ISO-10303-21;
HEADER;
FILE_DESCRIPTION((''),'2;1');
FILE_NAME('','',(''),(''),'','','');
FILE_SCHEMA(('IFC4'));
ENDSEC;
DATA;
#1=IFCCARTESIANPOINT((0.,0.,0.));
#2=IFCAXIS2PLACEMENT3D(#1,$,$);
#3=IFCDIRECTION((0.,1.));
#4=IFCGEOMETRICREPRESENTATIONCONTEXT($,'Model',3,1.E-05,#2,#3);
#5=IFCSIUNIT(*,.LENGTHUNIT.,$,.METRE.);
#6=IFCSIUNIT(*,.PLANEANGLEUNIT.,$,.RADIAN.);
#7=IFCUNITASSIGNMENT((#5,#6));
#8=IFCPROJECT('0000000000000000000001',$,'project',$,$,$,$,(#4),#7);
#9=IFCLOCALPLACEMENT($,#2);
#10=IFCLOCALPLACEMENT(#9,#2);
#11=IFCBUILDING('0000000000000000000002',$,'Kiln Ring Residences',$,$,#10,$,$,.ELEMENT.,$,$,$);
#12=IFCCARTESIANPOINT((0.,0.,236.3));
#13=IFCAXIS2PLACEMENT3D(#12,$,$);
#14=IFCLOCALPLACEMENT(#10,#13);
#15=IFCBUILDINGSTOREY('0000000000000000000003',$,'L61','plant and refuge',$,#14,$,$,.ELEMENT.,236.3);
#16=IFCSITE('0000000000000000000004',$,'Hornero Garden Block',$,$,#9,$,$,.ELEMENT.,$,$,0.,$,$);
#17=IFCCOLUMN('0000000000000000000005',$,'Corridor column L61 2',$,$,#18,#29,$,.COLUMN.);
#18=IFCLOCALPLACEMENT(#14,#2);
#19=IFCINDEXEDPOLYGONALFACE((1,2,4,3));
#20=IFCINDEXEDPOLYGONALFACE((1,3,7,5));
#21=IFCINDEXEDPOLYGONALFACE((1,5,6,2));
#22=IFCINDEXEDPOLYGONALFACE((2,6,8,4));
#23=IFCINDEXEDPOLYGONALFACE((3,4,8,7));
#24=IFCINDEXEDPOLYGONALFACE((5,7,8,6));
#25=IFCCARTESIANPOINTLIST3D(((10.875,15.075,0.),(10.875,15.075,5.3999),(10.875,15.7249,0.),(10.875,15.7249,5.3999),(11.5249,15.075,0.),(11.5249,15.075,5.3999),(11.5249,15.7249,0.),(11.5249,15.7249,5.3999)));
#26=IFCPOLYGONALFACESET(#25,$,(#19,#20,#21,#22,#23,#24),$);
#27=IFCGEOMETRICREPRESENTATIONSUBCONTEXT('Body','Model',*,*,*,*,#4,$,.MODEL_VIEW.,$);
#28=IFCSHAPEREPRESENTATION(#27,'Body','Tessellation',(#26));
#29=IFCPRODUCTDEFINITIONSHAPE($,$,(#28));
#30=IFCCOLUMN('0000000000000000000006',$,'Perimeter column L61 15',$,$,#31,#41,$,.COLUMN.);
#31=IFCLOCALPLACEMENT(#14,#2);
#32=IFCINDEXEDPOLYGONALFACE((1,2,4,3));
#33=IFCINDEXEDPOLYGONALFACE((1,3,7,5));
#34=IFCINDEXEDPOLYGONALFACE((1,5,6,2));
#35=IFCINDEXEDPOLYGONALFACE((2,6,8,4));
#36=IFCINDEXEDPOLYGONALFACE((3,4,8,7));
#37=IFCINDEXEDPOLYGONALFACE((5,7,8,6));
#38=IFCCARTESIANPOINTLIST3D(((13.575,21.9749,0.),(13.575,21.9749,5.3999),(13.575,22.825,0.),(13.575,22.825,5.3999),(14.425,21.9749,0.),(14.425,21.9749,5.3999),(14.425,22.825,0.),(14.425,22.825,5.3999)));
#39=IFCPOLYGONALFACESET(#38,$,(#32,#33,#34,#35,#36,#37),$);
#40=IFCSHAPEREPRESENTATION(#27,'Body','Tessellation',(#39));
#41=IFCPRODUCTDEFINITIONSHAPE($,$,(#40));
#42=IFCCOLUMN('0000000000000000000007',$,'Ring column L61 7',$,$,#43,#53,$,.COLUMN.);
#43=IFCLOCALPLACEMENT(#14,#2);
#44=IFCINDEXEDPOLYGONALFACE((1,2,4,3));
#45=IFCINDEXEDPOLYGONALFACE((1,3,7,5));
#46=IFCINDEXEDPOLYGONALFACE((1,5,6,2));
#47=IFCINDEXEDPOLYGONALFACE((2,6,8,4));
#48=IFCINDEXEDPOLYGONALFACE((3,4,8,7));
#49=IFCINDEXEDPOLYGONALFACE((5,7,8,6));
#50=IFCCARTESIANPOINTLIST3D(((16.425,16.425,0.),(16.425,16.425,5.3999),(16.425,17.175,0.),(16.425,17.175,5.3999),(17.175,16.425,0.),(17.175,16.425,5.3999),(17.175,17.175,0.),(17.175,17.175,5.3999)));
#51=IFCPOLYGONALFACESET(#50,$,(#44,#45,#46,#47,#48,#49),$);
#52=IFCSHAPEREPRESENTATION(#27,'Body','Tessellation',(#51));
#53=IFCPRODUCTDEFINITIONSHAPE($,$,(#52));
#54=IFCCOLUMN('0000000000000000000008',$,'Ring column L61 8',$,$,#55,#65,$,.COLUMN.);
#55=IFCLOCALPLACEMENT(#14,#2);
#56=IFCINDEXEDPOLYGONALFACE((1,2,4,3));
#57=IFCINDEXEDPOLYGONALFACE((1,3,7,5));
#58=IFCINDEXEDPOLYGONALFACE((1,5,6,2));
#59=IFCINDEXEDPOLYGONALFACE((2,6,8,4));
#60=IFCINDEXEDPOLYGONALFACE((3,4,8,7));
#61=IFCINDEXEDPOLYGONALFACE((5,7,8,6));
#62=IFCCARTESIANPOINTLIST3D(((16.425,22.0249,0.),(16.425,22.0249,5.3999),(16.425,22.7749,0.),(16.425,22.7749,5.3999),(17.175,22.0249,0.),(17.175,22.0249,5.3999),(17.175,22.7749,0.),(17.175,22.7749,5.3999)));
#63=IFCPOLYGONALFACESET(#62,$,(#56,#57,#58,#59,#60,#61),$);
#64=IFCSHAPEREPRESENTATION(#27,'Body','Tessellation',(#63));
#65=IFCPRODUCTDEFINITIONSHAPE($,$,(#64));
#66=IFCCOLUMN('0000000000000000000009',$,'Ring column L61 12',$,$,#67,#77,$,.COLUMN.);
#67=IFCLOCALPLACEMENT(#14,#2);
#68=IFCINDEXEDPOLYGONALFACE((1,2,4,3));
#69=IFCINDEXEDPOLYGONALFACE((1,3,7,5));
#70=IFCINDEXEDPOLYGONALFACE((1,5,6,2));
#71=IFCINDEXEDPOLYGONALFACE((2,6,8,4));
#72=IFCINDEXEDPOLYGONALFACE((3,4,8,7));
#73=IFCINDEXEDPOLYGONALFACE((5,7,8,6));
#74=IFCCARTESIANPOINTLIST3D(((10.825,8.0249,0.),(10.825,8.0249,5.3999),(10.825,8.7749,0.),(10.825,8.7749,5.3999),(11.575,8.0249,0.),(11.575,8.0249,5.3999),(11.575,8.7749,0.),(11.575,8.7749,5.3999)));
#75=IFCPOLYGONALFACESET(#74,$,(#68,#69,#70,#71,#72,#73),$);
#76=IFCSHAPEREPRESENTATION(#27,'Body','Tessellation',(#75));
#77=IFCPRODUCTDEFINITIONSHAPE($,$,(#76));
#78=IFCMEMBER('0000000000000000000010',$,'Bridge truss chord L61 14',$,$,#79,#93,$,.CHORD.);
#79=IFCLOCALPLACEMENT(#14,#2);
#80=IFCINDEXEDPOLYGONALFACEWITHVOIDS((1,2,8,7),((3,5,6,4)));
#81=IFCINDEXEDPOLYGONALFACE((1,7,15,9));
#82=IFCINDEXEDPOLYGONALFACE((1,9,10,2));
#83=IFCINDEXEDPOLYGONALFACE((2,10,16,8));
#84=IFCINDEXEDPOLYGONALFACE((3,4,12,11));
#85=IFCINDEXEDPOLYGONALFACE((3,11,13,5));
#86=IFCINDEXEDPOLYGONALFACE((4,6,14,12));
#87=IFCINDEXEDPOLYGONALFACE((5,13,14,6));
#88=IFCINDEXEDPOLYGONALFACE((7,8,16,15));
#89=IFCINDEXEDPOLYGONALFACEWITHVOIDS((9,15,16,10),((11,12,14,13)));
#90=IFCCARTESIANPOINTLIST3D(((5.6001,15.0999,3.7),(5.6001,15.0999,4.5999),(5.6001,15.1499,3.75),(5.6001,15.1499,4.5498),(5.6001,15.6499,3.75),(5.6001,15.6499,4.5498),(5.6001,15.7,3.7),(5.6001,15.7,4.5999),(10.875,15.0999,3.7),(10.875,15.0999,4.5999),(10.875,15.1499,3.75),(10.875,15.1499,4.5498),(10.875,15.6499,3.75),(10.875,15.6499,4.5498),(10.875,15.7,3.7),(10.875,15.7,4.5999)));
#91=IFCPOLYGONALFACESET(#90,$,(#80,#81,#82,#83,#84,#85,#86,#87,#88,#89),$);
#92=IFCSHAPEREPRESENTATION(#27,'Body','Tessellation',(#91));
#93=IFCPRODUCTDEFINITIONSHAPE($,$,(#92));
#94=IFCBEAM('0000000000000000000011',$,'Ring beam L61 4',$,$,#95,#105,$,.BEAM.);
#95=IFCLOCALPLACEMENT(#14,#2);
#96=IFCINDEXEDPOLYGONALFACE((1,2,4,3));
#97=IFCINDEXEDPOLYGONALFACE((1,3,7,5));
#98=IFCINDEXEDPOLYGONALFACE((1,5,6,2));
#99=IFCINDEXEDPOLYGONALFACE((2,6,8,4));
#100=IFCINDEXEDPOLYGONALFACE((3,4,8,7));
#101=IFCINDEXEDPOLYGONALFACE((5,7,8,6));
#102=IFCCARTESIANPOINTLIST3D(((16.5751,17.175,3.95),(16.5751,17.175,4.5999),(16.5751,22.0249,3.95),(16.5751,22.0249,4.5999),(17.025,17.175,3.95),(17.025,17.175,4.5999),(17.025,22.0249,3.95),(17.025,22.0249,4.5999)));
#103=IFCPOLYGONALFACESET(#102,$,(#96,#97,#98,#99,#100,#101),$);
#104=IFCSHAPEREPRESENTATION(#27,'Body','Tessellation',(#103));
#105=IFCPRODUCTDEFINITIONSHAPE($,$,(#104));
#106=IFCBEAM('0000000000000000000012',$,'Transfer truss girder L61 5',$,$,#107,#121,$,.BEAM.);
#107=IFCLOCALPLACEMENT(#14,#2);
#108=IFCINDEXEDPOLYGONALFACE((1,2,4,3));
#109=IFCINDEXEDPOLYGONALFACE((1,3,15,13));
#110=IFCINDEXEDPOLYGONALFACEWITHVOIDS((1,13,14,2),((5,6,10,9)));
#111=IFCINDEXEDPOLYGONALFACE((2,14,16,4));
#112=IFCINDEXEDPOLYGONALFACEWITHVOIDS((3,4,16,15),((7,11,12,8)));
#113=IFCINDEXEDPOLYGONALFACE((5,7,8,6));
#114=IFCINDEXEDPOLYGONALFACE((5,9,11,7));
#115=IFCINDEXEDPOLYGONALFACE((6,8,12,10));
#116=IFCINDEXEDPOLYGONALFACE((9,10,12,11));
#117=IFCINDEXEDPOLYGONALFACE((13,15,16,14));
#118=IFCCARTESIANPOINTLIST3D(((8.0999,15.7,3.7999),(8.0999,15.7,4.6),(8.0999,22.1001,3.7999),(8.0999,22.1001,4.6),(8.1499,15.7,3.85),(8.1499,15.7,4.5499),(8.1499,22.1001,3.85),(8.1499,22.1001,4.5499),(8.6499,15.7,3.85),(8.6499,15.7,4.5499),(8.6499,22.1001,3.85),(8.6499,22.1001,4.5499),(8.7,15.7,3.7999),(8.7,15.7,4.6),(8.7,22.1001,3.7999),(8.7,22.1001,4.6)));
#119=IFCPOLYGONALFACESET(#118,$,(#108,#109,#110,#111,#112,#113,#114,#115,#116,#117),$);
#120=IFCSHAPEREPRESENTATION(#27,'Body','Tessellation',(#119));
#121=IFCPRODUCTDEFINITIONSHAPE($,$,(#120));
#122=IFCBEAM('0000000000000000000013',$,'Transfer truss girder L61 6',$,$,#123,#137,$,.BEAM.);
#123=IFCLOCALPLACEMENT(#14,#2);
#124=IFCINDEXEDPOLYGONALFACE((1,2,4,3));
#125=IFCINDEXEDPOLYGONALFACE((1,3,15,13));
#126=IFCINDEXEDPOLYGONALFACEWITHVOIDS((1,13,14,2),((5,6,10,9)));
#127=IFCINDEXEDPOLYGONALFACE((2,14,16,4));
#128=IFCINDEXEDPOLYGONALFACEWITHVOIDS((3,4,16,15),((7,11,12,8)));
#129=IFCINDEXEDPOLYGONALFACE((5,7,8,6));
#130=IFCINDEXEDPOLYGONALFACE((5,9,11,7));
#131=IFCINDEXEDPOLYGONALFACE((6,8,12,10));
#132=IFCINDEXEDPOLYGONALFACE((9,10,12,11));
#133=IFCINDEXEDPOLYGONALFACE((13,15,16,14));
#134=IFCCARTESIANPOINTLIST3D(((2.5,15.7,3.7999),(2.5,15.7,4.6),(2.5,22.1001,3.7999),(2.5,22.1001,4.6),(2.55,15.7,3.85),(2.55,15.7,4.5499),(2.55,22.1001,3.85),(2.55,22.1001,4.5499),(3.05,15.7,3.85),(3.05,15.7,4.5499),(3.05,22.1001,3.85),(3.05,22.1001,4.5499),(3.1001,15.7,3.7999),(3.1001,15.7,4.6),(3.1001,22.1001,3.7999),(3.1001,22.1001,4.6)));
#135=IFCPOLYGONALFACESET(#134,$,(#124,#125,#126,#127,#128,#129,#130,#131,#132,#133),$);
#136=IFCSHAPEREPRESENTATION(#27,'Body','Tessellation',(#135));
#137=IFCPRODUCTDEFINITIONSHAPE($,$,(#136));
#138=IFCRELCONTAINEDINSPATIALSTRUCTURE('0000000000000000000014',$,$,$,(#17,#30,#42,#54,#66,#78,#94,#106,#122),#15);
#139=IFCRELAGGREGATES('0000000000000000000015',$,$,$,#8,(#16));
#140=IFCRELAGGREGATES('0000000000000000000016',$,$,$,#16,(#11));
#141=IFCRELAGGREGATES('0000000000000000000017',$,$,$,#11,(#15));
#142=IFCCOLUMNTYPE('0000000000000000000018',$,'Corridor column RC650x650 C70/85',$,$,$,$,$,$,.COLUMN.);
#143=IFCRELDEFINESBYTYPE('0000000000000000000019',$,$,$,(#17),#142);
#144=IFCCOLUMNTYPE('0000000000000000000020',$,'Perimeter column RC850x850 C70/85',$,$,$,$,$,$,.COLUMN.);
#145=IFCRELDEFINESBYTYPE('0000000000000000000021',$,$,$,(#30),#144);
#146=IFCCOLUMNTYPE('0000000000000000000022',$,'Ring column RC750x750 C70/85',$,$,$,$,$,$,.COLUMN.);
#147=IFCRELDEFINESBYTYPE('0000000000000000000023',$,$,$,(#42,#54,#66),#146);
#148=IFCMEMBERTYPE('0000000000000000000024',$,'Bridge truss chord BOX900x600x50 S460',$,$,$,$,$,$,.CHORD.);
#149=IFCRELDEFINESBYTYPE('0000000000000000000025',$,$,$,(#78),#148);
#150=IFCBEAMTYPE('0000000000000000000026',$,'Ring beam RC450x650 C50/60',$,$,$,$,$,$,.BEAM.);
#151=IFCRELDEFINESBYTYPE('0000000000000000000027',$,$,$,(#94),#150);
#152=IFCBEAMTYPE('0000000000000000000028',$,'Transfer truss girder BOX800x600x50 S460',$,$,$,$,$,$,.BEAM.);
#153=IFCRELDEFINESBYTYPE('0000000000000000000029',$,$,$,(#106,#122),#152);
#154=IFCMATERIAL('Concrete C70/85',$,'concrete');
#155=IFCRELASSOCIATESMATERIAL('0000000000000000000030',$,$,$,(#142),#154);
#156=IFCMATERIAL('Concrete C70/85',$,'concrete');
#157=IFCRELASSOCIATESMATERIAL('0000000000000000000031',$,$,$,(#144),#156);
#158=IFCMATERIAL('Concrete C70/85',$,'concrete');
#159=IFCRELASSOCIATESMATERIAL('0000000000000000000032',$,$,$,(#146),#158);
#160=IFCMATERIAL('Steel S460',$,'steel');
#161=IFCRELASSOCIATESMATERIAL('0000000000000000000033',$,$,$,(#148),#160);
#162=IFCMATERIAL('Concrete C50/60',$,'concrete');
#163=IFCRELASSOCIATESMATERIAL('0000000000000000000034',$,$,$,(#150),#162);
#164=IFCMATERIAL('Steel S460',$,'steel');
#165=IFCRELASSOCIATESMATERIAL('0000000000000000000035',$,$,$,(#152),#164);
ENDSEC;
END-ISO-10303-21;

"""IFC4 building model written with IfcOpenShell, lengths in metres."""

from ifc_helpers import new_model, si_unit, direction, frame, origin, origin_2d, place, context, subcontext, project, spatial, rectangle, hollow_rectangle, extrude, material, material_profile, profile_set, type_object, element, save


model = new_model("IFC4")

# Units and contexts
model_context = context("Model", 3, precision=1e-05, world=origin(), true_north=direction((0.0, 1.0)))
body_context = subcontext(model_context, "Body", "Model", "MODEL_VIEW")
ifc_project = project(units=[si_unit("LENGTHUNIT", "METRE"), si_unit("PLANEANGLEUNIT", "RADIAN")], contexts=[model_context])

# Site, building, storey
site_placement = place(None, origin())
site = spatial("IfcSite", under=ifc_project, at=site_placement, Name="Hornero Garden Block", CompositionType="ELEMENT", RefElevation=0.0)
building_placement = place(site_placement, origin())
building = spatial("IfcBuilding", under=site, at=building_placement, Name="Kiln Ring Residences", CompositionType="ELEMENT")
storey_placement = place(building_placement, frame((0.0, 0.0, 236.3)))
storey = spatial("IfcBuildingStorey", under=building, at=storey_placement, Name="L61", Description="plant and refuge", CompositionType="ELEMENT", Elevation=236.3)

# Columns
ifc_material_1 = material(Name="Concrete C70/85", Category="concrete")
ifc_material_profile_1 = material_profile(ifc_material_1, rectangle(XDim=0.6499, YDim=0.6499, at=origin_2d()), Name="RC650x650")
ifc_profile_set_1 = profile_set([ifc_material_profile_1], Name="Concrete C70/85")
column_type_1 = type_object("IfcColumnType", Name="Corridor column RC650x650 C70/85", PredefinedType="COLUMN", material=ifc_profile_set_1)
column_1_placement = place(storey_placement, frame((11.2, 15.3999, 0.0), z_axis=(0.0, 0.0, 1.0), x_axis=(1.0, 0.0, 0.0)))
element("IfcColumn", 1, at=column_1_placement, inside=storey, type_object=column_type_1, Name="Corridor column L61 2", PredefinedType="COLUMN", context=body_context, shape_type="SweptSolid", body=[
    extrude(rectangle(XDim=0.6499, YDim=0.6499, at=origin_2d()), origin(), (0.0, 0.0, 1.0), 5.3999),
])
ifc_material_2 = material(Name="Concrete C70/85", Category="concrete")
ifc_material_profile_2 = material_profile(ifc_material_2, rectangle(XDim=0.8501, YDim=0.8501, at=origin_2d()), Name="RC850x850")
ifc_profile_set_2 = profile_set([ifc_material_profile_2], Name="Concrete C70/85")
column_type_2 = type_object("IfcColumnType", Name="Perimeter column RC850x850 C70/85", PredefinedType="COLUMN", material=ifc_profile_set_2)
column_2_placement = place(storey_placement, frame((14.0, 22.3999, 0.0), z_axis=(0.0, 0.0, 1.0), x_axis=(1.0, 0.0, 0.0)))
element("IfcColumn", 2, at=column_2_placement, inside=storey, type_object=column_type_2, Name="Perimeter column L61 15", PredefinedType="COLUMN", context=body_context, shape_type="SweptSolid", body=[
    extrude(rectangle(XDim=0.8501, YDim=0.8501, at=origin_2d()), origin(), (0.0, 0.0, 1.0), 5.3999),
])
ifc_material_3 = material(Name="Concrete C70/85", Category="concrete")
ifc_material_profile_3 = material_profile(ifc_material_3, rectangle(XDim=0.75, YDim=0.75, at=origin_2d()), Name="RC750x750")
ifc_profile_set_3 = profile_set([ifc_material_profile_3], Name="Concrete C70/85")
column_type_3 = type_object("IfcColumnType", Name="Ring column RC750x750 C70/85", PredefinedType="COLUMN", material=ifc_profile_set_3)
for number, where, z_axis, x_axis, name in (
    (3, (16.8, 16.8, 0.0), (0.0, 0.0, 1.0), (1.0, 0.0, 0.0), "Ring column L61 7"),
    (4, (16.8, 22.3999, 0.0), (0.0, 0.0, 1.0), (1.0, 0.0, 0.0), "Ring column L61 8"),
    (5, (11.2, 8.3999, 0.0), (0.0, 0.0, 1.0), (1.0, 0.0, 0.0), "Ring column L61 12"),
):
    element("IfcColumn", number, at=place(storey_placement, frame(where, z_axis=z_axis, x_axis=x_axis)), inside=storey, type_object=column_type_3, Name=name, PredefinedType="COLUMN", context=body_context, shape_type="SweptSolid", body=[
        extrude(rectangle(XDim=0.75, YDim=0.75, at=origin_2d()), origin(), (0.0, 0.0, 1.0), 5.3999),
    ])

# Member
ifc_material_4 = material(Name="Steel S460", Category="steel")
ifc_material_profile_4 = material_profile(ifc_material_4, hollow_rectangle(XDim=0.6001, YDim=0.8999, WallThickness=0.05, at=origin_2d()), Name="BOX900x600x50")
ifc_profile_set_4 = profile_set([ifc_material_profile_4], Name="Steel S460")
member_type = type_object("IfcMemberType", Name="Bridge truss chord BOX900x600x50 S460", PredefinedType="CHORD", material=ifc_profile_set_4)
member_placement = place(storey_placement, frame((5.6001, 15.3999, 4.1499), z_axis=(1.0, 0.0, 0.0), x_axis=(0.0, 1.0, 0.0)))
element("IfcMember", 6, at=member_placement, inside=storey, type_object=member_type, Name="Bridge truss chord L61 14", PredefinedType="CHORD", context=body_context, shape_type="SweptSolid", body=[
    extrude(hollow_rectangle(XDim=0.6001, YDim=0.8999, WallThickness=0.05, at=origin_2d()), origin(), (0.0, 0.0, 1.0), 5.2749),
])

# Beams
ifc_material_5 = material(Name="Concrete C50/60", Category="concrete")
ifc_material_profile_5 = material_profile(ifc_material_5, rectangle(XDim=0.45, YDim=0.6499, at=origin_2d()), Name="RC450x650")
ifc_profile_set_5 = profile_set([ifc_material_profile_5], Name="Concrete C50/60")
beam_type_1 = type_object("IfcBeamType", Name="Ring beam RC450x650 C50/60", PredefinedType="BEAM", material=ifc_profile_set_5)
beam_placement = place(storey_placement, frame((16.8, 17.175, 4.2749), z_axis=(0.0, 1.0, 0.0), x_axis=(-1.0, 0.0, 0.0)))
element("IfcBeam", 7, at=beam_placement, inside=storey, type_object=beam_type_1, Name="Ring beam L61 4", PredefinedType="BEAM", context=body_context, shape_type="SweptSolid", body=[
    extrude(rectangle(XDim=0.45, YDim=0.6499, at=origin_2d()), origin(), (0.0, 0.0, 1.0), 4.8499),
])
ifc_material_6 = material(Name="Steel S460", Category="steel")
ifc_material_profile_6 = material_profile(ifc_material_6, hollow_rectangle(XDim=0.6001, YDim=0.8, WallThickness=0.05, at=origin_2d()), Name="BOX800x600x50")
ifc_profile_set_6 = profile_set([ifc_material_profile_6], Name="Steel S460")
beam_type_2 = type_object("IfcBeamType", Name="Transfer truss girder BOX800x600x50 S460", PredefinedType="BEAM", material=ifc_profile_set_6)
for number, where, z_axis, x_axis, name in (
    (8, (8.3999, 22.1001, 4.2), (0.0, -1.0, 0.0), (1.0, 0.0, 0.0), "Transfer truss girder L61 5"),
    (9, (2.8, 22.1001, 4.2), (0.0, -1.0, 0.0), (1.0, 0.0, 0.0), "Transfer truss girder L61 6"),
):
    element("IfcBeam", number, at=place(storey_placement, frame(where, z_axis=z_axis, x_axis=x_axis)), inside=storey, type_object=beam_type_2, Name=name, PredefinedType="BEAM", context=body_context, shape_type="SweptSolid", body=[
        extrude(hollow_rectangle(XDim=0.6001, YDim=0.8, WallThickness=0.05, at=origin_2d()), origin(), (0.0, 0.0, 1.0), 6.4001),
    ])

save(model, "model.ifc")
